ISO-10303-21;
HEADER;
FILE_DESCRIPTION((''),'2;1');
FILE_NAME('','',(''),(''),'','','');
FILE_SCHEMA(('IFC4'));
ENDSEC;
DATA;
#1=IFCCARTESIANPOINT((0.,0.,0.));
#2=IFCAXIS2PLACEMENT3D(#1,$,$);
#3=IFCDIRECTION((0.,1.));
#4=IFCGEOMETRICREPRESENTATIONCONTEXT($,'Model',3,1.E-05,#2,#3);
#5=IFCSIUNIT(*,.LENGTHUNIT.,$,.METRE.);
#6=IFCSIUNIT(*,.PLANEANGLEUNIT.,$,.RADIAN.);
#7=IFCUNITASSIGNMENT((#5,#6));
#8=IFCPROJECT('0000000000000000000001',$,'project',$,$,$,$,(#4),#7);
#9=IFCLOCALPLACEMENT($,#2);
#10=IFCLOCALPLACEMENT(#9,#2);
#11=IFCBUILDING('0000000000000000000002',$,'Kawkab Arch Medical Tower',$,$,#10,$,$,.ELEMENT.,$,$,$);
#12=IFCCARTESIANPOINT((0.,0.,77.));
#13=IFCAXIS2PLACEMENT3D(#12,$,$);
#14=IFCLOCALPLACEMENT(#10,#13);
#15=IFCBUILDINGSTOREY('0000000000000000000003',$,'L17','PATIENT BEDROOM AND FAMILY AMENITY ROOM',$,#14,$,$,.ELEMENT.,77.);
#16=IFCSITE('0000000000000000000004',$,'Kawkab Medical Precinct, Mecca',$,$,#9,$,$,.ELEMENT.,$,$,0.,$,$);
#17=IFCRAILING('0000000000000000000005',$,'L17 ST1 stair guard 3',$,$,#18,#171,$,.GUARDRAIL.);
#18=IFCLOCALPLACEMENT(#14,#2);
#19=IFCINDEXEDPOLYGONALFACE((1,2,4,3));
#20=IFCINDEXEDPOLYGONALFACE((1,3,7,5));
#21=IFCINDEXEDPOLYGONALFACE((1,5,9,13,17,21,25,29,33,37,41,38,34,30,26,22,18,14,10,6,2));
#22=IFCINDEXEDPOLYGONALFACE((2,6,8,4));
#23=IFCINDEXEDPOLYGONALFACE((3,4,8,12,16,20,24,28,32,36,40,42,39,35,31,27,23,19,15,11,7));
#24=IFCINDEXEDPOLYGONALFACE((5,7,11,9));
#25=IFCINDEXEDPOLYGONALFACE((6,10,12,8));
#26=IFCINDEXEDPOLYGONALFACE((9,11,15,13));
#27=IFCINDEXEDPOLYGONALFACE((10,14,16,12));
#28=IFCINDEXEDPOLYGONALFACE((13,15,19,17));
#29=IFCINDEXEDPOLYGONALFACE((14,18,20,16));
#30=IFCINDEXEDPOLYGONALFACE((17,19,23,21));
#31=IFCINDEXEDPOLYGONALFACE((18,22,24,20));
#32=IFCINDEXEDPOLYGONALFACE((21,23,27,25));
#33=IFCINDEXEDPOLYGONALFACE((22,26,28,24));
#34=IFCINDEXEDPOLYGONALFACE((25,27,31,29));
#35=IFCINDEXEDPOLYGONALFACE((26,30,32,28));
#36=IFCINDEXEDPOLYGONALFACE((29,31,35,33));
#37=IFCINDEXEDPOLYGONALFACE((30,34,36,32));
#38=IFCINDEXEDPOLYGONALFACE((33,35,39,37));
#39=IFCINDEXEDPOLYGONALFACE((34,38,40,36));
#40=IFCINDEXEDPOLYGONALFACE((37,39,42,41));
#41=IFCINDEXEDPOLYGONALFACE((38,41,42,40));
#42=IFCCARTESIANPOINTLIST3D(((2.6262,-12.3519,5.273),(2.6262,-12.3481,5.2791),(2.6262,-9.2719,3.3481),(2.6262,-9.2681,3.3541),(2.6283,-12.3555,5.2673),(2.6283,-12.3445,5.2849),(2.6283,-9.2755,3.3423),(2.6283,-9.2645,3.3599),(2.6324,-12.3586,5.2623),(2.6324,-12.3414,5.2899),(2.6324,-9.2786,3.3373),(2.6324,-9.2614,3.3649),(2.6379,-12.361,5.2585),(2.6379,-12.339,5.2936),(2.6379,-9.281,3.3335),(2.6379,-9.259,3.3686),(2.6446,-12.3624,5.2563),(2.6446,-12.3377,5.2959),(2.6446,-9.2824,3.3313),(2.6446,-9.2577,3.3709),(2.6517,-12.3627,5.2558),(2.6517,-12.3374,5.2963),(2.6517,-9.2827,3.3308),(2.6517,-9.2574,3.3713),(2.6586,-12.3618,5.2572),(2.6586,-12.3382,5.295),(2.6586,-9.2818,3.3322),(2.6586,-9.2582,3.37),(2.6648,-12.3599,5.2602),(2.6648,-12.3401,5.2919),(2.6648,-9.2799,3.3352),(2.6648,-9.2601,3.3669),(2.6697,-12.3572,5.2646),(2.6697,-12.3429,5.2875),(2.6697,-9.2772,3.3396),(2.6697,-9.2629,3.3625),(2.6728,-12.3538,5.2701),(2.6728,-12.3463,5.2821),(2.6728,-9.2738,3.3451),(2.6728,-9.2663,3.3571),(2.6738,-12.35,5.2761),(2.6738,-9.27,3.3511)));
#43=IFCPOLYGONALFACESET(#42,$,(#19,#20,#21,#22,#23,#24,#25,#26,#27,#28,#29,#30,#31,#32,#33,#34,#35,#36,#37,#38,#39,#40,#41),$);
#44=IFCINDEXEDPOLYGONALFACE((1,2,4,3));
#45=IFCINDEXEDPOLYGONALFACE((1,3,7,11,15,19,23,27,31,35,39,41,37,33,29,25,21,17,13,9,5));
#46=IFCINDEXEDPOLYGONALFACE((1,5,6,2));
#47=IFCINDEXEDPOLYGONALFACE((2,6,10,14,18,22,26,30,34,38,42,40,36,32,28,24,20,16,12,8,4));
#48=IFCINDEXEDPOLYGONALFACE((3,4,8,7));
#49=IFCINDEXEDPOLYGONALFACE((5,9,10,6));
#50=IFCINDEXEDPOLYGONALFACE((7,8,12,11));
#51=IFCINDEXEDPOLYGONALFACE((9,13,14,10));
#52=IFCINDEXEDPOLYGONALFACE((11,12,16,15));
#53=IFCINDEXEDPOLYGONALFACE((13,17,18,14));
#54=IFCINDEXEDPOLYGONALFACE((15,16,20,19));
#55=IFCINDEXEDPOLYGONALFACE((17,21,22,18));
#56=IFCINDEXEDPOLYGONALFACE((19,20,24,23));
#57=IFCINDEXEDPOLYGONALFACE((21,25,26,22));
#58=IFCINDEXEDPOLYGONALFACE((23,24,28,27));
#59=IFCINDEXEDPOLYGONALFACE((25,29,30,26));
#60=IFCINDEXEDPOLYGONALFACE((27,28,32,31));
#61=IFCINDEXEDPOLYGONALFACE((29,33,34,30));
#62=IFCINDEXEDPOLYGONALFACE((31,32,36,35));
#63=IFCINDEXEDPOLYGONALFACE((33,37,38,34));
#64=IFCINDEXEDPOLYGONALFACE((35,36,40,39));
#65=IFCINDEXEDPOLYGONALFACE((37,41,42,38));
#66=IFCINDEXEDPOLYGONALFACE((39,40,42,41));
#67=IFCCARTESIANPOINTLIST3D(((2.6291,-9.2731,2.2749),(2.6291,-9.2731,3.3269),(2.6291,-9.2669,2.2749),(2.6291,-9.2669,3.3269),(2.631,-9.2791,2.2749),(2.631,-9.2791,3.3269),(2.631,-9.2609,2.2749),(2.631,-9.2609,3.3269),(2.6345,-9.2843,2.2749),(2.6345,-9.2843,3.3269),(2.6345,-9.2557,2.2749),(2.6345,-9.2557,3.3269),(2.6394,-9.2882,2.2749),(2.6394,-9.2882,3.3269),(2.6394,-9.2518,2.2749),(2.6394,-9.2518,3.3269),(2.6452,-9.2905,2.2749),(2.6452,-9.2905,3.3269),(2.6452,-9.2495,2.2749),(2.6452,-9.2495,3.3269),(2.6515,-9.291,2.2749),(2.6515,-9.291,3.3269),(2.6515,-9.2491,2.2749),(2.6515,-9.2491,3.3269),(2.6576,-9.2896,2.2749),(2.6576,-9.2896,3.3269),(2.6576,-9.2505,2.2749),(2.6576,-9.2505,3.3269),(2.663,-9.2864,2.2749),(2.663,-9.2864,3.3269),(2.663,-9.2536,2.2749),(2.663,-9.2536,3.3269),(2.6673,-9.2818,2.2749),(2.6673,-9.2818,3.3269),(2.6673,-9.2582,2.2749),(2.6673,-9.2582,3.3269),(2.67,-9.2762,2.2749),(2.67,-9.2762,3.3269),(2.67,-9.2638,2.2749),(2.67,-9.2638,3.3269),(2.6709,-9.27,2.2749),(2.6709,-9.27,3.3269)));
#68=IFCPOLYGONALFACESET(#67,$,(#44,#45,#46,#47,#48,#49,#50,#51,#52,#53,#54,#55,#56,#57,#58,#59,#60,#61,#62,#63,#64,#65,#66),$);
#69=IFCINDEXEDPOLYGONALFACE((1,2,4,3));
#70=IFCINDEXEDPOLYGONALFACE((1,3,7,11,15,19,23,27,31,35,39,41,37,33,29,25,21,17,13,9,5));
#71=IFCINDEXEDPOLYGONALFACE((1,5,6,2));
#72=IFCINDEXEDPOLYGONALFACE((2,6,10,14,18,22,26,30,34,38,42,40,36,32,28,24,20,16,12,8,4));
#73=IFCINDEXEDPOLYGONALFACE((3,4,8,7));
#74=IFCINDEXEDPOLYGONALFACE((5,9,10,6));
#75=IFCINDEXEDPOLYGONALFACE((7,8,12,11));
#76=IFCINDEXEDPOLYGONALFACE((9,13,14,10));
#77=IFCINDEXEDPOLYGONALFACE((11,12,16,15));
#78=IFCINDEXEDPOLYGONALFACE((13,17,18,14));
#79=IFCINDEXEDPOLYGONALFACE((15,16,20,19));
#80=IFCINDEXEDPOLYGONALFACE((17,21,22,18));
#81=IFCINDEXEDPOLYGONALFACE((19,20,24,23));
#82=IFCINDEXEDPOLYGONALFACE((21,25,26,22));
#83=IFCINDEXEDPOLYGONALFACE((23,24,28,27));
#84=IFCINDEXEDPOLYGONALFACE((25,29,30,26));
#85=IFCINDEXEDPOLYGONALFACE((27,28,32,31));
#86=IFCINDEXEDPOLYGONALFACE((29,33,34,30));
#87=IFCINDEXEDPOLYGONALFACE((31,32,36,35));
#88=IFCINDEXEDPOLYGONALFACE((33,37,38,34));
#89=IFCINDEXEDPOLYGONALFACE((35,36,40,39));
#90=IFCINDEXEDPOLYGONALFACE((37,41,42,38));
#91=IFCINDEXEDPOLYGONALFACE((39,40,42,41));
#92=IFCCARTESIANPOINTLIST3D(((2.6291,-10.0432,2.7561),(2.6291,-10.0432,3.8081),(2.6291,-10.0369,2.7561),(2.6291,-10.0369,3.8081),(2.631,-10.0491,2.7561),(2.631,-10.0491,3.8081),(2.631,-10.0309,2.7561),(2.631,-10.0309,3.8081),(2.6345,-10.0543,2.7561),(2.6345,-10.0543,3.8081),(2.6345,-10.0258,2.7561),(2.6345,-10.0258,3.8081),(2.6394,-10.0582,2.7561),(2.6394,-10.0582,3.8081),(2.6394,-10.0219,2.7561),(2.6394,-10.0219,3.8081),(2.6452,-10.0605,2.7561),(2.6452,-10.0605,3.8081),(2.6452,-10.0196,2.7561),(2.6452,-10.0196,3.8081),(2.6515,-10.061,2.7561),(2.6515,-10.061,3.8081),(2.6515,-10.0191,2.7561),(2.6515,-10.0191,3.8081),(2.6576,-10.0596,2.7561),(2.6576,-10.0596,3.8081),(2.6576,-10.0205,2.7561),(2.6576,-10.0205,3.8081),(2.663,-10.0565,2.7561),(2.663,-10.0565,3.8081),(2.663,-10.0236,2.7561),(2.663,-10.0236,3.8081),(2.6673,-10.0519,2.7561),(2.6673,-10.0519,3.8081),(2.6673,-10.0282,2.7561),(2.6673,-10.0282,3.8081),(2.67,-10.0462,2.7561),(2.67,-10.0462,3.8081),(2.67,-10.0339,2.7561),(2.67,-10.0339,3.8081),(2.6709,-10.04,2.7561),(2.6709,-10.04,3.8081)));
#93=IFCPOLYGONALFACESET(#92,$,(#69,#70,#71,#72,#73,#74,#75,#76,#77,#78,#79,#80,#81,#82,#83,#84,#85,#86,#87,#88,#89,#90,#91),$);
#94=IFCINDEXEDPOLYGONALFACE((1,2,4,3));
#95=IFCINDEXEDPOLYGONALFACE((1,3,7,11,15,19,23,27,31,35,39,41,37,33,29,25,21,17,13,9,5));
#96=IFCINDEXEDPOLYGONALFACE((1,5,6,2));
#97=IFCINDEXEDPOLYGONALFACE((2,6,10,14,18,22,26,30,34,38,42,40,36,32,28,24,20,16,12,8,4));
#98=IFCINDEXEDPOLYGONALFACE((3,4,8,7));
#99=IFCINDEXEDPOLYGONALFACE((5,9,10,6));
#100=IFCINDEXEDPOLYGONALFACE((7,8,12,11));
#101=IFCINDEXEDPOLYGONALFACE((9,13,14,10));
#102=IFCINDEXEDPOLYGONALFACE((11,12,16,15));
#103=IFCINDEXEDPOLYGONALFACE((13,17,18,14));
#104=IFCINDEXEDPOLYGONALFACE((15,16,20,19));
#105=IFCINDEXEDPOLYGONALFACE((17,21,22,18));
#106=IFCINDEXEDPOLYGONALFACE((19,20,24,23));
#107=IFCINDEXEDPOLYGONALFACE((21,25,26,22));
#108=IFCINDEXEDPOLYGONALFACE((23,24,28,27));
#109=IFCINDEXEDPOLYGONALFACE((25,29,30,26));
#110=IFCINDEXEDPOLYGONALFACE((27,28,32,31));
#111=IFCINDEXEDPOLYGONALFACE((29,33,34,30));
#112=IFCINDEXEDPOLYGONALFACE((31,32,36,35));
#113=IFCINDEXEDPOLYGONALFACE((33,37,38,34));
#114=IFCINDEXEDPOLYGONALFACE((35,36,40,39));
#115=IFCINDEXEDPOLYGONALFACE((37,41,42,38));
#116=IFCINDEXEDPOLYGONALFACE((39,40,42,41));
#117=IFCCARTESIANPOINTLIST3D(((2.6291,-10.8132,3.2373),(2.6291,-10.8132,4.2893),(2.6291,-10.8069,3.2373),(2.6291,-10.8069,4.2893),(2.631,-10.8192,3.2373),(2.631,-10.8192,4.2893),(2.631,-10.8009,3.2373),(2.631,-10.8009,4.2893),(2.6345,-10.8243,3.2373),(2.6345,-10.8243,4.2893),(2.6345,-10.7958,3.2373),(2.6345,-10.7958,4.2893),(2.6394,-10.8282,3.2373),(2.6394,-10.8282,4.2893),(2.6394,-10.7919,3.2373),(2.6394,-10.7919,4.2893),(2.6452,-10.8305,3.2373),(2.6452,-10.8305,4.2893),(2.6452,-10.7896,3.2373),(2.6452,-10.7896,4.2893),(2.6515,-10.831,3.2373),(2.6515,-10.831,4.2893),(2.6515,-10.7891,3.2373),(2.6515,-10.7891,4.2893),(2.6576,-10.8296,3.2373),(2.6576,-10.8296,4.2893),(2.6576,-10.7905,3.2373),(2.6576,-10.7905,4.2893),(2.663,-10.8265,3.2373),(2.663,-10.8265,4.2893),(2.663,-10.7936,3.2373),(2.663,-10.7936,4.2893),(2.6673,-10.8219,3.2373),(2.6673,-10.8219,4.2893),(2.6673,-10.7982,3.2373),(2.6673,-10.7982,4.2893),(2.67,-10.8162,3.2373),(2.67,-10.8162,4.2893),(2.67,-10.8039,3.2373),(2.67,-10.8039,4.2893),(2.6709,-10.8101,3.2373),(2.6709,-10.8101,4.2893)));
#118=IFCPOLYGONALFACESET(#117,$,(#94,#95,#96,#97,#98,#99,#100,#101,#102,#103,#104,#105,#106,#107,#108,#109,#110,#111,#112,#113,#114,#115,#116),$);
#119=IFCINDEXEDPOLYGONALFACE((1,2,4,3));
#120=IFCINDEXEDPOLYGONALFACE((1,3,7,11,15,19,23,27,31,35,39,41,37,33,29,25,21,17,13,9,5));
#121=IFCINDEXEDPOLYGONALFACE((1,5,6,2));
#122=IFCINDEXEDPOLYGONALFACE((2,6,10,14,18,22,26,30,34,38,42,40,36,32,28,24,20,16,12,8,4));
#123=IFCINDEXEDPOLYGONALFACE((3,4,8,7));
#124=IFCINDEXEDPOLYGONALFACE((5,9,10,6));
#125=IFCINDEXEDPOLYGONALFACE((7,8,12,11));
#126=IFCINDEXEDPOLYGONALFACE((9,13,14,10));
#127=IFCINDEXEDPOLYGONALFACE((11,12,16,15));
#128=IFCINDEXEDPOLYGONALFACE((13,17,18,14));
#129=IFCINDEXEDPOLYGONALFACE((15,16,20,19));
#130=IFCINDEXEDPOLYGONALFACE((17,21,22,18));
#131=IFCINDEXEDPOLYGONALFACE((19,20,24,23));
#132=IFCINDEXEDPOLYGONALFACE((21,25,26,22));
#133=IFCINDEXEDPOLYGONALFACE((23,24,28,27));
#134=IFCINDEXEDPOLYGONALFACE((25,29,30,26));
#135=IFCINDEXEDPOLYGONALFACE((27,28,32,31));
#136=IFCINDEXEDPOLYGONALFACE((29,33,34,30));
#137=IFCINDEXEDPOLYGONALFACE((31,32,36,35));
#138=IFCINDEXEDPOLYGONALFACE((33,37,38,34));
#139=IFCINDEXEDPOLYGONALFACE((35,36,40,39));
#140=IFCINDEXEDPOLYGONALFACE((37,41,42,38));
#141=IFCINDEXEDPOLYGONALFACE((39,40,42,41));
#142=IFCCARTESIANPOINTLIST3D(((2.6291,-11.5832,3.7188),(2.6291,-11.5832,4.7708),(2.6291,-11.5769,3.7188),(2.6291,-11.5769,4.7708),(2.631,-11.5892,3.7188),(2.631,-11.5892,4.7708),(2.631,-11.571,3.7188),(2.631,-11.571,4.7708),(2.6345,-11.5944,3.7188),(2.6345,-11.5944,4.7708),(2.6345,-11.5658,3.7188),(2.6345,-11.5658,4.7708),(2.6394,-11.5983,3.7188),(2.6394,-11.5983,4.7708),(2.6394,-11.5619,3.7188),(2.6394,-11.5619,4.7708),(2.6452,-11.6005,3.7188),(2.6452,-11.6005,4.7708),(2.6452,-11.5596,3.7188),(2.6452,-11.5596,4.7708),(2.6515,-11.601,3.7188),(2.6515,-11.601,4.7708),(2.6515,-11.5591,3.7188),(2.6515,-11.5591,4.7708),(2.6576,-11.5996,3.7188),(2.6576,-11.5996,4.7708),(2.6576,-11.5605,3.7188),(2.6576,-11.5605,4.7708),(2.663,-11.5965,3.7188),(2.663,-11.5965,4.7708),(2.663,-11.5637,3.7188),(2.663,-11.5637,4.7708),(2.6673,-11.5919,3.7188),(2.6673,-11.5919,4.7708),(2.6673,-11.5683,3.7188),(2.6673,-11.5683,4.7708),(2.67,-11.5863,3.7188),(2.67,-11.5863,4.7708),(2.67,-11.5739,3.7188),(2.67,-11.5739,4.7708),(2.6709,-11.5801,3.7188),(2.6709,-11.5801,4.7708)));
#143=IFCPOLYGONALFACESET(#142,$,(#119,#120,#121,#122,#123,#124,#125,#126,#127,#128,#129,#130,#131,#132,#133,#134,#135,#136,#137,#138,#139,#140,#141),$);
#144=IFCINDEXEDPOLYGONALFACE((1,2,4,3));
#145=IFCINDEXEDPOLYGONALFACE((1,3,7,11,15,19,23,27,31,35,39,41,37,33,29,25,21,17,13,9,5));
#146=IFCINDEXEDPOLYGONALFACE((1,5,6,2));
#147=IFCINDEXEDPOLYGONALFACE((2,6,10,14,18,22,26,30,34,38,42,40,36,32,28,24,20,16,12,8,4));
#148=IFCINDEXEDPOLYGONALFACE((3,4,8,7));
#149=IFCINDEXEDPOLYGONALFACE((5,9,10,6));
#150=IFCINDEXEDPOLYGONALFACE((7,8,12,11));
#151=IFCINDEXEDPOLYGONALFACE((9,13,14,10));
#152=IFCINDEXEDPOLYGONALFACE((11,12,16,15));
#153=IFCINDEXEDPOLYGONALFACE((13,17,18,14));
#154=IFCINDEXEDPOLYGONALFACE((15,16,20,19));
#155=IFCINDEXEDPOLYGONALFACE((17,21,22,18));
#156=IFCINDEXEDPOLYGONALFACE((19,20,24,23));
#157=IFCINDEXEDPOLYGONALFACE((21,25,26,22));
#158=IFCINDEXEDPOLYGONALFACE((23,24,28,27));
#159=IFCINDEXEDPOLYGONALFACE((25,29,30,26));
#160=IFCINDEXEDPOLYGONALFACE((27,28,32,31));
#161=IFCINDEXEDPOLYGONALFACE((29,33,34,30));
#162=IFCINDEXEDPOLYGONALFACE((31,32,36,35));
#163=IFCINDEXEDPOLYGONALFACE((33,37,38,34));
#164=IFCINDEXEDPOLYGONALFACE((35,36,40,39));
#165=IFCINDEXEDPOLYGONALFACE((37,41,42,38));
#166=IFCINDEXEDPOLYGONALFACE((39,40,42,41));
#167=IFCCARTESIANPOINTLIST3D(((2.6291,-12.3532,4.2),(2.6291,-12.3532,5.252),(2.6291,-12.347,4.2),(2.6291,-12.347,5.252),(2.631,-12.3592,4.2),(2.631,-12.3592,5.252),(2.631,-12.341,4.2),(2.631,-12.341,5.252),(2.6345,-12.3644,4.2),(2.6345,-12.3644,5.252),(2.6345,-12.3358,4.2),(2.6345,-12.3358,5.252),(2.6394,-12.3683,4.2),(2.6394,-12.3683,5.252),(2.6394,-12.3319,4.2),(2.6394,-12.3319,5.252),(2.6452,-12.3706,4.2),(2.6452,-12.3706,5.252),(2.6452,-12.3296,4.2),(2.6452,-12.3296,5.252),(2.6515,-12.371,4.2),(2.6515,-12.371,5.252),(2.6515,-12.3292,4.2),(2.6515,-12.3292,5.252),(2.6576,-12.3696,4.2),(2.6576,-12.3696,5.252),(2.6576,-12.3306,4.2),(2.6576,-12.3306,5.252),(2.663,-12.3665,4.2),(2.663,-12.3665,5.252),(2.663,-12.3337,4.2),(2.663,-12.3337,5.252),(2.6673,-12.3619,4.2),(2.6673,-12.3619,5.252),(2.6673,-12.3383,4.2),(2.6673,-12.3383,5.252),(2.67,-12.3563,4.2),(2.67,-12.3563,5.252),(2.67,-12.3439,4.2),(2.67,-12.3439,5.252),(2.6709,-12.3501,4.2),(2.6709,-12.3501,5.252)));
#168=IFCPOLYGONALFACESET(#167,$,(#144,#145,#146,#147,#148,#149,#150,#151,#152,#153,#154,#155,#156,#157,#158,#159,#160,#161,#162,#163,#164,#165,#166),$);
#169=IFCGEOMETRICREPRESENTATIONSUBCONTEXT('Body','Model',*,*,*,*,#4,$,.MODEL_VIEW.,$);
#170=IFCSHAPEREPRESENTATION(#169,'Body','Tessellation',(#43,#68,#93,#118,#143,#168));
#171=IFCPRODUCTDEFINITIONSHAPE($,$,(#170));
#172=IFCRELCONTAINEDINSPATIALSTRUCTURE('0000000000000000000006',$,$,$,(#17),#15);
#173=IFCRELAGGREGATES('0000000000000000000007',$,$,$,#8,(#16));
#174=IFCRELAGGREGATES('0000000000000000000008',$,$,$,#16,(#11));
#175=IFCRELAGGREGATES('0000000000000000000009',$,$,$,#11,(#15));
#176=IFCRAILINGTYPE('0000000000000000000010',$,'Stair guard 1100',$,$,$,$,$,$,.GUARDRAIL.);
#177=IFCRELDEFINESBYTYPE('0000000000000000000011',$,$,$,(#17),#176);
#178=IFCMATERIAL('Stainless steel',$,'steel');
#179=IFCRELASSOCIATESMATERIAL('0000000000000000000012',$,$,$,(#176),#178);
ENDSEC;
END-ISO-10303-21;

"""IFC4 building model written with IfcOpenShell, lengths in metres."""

from ifc_helpers import new_model, si_unit, direction, frame, origin, origin_2d, place, context, subcontext, project, spatial, circle, extrude, material, type_object, element, save


model = new_model("IFC4")

# Units and contexts
model_context = context("Model", 3, precision=1e-05, world=origin(), true_north=direction((0.0, 1.0)))
body_context = subcontext(model_context, "Body", "Model", "MODEL_VIEW")
ifc_project = project(units=[si_unit("LENGTHUNIT", "METRE"), si_unit("PLANEANGLEUNIT", "RADIAN")], contexts=[model_context])

# Site, building, storey
site_placement = place(None, origin())
site = spatial("IfcSite", under=ifc_project, at=site_placement, Name="Kawkab Medical Precinct, Mecca", CompositionType="ELEMENT", RefElevation=0.0)
building_placement = place(site_placement, origin())
building = spatial("IfcBuilding", under=site, at=building_placement, Name="Kawkab Arch Medical Tower", CompositionType="ELEMENT")
storey_placement = place(building_placement, frame((0.0, 0.0, 77.0)))
storey = spatial("IfcBuildingStorey", under=building, at=storey_placement, Name="L17", Description="PATIENT BEDROOM AND FAMILY AMENITY ROOM", CompositionType="ELEMENT", Elevation=77.0)

# Railing
ifc_material_1 = material(Name="Stainless steel", Category="steel")
railing_type_1 = type_object("IfcRailingType", Name="Stair guard 1100", PredefinedType="GUARDRAIL", material=ifc_material_1)
railing_1_placement = place(storey_placement, frame((2.6499, -9.27, 2.2749)))
element("IfcRailing", 1, at=railing_1_placement, inside=storey, type_object=railing_type_1, Name="L17 ST1 stair guard 3", PredefinedType="GUARDRAIL", context=body_context, shape_type="SweptSolid", body=[
    extrude(circle(Radius=0.0239, at=origin_2d()), frame((0.0, 0.0, 1.0762), z_axis=(0.0, -0.847998, 0.529999), x_axis=(1.0, 0.0, 0.0)), (0.0, 0.0, 1.0), 3.6321),
    extrude(circle(Radius=0.021, at=origin_2d()), origin(), (0.0, 0.0, 1.0), 1.052),
    extrude(circle(Radius=0.021, at=origin_2d()), frame((0.0, -0.77, 0.4812)), (0.0, 0.0, 1.0), 1.052),
    extrude(circle(Radius=0.021, at=origin_2d()), frame((0.0, -1.54, 0.9624)), (0.0, 0.0, 1.0), 1.052),
    extrude(circle(Radius=0.021, at=origin_2d()), frame((0.0, -2.3101, 1.4438)), (0.0, 0.0, 1.0), 1.052),
    extrude(circle(Radius=0.021, at=origin_2d()), frame((0.0, -3.0801, 1.925)), (0.0, 0.0, 1.0), 1.052),
])

save(model, "model.ifc")
